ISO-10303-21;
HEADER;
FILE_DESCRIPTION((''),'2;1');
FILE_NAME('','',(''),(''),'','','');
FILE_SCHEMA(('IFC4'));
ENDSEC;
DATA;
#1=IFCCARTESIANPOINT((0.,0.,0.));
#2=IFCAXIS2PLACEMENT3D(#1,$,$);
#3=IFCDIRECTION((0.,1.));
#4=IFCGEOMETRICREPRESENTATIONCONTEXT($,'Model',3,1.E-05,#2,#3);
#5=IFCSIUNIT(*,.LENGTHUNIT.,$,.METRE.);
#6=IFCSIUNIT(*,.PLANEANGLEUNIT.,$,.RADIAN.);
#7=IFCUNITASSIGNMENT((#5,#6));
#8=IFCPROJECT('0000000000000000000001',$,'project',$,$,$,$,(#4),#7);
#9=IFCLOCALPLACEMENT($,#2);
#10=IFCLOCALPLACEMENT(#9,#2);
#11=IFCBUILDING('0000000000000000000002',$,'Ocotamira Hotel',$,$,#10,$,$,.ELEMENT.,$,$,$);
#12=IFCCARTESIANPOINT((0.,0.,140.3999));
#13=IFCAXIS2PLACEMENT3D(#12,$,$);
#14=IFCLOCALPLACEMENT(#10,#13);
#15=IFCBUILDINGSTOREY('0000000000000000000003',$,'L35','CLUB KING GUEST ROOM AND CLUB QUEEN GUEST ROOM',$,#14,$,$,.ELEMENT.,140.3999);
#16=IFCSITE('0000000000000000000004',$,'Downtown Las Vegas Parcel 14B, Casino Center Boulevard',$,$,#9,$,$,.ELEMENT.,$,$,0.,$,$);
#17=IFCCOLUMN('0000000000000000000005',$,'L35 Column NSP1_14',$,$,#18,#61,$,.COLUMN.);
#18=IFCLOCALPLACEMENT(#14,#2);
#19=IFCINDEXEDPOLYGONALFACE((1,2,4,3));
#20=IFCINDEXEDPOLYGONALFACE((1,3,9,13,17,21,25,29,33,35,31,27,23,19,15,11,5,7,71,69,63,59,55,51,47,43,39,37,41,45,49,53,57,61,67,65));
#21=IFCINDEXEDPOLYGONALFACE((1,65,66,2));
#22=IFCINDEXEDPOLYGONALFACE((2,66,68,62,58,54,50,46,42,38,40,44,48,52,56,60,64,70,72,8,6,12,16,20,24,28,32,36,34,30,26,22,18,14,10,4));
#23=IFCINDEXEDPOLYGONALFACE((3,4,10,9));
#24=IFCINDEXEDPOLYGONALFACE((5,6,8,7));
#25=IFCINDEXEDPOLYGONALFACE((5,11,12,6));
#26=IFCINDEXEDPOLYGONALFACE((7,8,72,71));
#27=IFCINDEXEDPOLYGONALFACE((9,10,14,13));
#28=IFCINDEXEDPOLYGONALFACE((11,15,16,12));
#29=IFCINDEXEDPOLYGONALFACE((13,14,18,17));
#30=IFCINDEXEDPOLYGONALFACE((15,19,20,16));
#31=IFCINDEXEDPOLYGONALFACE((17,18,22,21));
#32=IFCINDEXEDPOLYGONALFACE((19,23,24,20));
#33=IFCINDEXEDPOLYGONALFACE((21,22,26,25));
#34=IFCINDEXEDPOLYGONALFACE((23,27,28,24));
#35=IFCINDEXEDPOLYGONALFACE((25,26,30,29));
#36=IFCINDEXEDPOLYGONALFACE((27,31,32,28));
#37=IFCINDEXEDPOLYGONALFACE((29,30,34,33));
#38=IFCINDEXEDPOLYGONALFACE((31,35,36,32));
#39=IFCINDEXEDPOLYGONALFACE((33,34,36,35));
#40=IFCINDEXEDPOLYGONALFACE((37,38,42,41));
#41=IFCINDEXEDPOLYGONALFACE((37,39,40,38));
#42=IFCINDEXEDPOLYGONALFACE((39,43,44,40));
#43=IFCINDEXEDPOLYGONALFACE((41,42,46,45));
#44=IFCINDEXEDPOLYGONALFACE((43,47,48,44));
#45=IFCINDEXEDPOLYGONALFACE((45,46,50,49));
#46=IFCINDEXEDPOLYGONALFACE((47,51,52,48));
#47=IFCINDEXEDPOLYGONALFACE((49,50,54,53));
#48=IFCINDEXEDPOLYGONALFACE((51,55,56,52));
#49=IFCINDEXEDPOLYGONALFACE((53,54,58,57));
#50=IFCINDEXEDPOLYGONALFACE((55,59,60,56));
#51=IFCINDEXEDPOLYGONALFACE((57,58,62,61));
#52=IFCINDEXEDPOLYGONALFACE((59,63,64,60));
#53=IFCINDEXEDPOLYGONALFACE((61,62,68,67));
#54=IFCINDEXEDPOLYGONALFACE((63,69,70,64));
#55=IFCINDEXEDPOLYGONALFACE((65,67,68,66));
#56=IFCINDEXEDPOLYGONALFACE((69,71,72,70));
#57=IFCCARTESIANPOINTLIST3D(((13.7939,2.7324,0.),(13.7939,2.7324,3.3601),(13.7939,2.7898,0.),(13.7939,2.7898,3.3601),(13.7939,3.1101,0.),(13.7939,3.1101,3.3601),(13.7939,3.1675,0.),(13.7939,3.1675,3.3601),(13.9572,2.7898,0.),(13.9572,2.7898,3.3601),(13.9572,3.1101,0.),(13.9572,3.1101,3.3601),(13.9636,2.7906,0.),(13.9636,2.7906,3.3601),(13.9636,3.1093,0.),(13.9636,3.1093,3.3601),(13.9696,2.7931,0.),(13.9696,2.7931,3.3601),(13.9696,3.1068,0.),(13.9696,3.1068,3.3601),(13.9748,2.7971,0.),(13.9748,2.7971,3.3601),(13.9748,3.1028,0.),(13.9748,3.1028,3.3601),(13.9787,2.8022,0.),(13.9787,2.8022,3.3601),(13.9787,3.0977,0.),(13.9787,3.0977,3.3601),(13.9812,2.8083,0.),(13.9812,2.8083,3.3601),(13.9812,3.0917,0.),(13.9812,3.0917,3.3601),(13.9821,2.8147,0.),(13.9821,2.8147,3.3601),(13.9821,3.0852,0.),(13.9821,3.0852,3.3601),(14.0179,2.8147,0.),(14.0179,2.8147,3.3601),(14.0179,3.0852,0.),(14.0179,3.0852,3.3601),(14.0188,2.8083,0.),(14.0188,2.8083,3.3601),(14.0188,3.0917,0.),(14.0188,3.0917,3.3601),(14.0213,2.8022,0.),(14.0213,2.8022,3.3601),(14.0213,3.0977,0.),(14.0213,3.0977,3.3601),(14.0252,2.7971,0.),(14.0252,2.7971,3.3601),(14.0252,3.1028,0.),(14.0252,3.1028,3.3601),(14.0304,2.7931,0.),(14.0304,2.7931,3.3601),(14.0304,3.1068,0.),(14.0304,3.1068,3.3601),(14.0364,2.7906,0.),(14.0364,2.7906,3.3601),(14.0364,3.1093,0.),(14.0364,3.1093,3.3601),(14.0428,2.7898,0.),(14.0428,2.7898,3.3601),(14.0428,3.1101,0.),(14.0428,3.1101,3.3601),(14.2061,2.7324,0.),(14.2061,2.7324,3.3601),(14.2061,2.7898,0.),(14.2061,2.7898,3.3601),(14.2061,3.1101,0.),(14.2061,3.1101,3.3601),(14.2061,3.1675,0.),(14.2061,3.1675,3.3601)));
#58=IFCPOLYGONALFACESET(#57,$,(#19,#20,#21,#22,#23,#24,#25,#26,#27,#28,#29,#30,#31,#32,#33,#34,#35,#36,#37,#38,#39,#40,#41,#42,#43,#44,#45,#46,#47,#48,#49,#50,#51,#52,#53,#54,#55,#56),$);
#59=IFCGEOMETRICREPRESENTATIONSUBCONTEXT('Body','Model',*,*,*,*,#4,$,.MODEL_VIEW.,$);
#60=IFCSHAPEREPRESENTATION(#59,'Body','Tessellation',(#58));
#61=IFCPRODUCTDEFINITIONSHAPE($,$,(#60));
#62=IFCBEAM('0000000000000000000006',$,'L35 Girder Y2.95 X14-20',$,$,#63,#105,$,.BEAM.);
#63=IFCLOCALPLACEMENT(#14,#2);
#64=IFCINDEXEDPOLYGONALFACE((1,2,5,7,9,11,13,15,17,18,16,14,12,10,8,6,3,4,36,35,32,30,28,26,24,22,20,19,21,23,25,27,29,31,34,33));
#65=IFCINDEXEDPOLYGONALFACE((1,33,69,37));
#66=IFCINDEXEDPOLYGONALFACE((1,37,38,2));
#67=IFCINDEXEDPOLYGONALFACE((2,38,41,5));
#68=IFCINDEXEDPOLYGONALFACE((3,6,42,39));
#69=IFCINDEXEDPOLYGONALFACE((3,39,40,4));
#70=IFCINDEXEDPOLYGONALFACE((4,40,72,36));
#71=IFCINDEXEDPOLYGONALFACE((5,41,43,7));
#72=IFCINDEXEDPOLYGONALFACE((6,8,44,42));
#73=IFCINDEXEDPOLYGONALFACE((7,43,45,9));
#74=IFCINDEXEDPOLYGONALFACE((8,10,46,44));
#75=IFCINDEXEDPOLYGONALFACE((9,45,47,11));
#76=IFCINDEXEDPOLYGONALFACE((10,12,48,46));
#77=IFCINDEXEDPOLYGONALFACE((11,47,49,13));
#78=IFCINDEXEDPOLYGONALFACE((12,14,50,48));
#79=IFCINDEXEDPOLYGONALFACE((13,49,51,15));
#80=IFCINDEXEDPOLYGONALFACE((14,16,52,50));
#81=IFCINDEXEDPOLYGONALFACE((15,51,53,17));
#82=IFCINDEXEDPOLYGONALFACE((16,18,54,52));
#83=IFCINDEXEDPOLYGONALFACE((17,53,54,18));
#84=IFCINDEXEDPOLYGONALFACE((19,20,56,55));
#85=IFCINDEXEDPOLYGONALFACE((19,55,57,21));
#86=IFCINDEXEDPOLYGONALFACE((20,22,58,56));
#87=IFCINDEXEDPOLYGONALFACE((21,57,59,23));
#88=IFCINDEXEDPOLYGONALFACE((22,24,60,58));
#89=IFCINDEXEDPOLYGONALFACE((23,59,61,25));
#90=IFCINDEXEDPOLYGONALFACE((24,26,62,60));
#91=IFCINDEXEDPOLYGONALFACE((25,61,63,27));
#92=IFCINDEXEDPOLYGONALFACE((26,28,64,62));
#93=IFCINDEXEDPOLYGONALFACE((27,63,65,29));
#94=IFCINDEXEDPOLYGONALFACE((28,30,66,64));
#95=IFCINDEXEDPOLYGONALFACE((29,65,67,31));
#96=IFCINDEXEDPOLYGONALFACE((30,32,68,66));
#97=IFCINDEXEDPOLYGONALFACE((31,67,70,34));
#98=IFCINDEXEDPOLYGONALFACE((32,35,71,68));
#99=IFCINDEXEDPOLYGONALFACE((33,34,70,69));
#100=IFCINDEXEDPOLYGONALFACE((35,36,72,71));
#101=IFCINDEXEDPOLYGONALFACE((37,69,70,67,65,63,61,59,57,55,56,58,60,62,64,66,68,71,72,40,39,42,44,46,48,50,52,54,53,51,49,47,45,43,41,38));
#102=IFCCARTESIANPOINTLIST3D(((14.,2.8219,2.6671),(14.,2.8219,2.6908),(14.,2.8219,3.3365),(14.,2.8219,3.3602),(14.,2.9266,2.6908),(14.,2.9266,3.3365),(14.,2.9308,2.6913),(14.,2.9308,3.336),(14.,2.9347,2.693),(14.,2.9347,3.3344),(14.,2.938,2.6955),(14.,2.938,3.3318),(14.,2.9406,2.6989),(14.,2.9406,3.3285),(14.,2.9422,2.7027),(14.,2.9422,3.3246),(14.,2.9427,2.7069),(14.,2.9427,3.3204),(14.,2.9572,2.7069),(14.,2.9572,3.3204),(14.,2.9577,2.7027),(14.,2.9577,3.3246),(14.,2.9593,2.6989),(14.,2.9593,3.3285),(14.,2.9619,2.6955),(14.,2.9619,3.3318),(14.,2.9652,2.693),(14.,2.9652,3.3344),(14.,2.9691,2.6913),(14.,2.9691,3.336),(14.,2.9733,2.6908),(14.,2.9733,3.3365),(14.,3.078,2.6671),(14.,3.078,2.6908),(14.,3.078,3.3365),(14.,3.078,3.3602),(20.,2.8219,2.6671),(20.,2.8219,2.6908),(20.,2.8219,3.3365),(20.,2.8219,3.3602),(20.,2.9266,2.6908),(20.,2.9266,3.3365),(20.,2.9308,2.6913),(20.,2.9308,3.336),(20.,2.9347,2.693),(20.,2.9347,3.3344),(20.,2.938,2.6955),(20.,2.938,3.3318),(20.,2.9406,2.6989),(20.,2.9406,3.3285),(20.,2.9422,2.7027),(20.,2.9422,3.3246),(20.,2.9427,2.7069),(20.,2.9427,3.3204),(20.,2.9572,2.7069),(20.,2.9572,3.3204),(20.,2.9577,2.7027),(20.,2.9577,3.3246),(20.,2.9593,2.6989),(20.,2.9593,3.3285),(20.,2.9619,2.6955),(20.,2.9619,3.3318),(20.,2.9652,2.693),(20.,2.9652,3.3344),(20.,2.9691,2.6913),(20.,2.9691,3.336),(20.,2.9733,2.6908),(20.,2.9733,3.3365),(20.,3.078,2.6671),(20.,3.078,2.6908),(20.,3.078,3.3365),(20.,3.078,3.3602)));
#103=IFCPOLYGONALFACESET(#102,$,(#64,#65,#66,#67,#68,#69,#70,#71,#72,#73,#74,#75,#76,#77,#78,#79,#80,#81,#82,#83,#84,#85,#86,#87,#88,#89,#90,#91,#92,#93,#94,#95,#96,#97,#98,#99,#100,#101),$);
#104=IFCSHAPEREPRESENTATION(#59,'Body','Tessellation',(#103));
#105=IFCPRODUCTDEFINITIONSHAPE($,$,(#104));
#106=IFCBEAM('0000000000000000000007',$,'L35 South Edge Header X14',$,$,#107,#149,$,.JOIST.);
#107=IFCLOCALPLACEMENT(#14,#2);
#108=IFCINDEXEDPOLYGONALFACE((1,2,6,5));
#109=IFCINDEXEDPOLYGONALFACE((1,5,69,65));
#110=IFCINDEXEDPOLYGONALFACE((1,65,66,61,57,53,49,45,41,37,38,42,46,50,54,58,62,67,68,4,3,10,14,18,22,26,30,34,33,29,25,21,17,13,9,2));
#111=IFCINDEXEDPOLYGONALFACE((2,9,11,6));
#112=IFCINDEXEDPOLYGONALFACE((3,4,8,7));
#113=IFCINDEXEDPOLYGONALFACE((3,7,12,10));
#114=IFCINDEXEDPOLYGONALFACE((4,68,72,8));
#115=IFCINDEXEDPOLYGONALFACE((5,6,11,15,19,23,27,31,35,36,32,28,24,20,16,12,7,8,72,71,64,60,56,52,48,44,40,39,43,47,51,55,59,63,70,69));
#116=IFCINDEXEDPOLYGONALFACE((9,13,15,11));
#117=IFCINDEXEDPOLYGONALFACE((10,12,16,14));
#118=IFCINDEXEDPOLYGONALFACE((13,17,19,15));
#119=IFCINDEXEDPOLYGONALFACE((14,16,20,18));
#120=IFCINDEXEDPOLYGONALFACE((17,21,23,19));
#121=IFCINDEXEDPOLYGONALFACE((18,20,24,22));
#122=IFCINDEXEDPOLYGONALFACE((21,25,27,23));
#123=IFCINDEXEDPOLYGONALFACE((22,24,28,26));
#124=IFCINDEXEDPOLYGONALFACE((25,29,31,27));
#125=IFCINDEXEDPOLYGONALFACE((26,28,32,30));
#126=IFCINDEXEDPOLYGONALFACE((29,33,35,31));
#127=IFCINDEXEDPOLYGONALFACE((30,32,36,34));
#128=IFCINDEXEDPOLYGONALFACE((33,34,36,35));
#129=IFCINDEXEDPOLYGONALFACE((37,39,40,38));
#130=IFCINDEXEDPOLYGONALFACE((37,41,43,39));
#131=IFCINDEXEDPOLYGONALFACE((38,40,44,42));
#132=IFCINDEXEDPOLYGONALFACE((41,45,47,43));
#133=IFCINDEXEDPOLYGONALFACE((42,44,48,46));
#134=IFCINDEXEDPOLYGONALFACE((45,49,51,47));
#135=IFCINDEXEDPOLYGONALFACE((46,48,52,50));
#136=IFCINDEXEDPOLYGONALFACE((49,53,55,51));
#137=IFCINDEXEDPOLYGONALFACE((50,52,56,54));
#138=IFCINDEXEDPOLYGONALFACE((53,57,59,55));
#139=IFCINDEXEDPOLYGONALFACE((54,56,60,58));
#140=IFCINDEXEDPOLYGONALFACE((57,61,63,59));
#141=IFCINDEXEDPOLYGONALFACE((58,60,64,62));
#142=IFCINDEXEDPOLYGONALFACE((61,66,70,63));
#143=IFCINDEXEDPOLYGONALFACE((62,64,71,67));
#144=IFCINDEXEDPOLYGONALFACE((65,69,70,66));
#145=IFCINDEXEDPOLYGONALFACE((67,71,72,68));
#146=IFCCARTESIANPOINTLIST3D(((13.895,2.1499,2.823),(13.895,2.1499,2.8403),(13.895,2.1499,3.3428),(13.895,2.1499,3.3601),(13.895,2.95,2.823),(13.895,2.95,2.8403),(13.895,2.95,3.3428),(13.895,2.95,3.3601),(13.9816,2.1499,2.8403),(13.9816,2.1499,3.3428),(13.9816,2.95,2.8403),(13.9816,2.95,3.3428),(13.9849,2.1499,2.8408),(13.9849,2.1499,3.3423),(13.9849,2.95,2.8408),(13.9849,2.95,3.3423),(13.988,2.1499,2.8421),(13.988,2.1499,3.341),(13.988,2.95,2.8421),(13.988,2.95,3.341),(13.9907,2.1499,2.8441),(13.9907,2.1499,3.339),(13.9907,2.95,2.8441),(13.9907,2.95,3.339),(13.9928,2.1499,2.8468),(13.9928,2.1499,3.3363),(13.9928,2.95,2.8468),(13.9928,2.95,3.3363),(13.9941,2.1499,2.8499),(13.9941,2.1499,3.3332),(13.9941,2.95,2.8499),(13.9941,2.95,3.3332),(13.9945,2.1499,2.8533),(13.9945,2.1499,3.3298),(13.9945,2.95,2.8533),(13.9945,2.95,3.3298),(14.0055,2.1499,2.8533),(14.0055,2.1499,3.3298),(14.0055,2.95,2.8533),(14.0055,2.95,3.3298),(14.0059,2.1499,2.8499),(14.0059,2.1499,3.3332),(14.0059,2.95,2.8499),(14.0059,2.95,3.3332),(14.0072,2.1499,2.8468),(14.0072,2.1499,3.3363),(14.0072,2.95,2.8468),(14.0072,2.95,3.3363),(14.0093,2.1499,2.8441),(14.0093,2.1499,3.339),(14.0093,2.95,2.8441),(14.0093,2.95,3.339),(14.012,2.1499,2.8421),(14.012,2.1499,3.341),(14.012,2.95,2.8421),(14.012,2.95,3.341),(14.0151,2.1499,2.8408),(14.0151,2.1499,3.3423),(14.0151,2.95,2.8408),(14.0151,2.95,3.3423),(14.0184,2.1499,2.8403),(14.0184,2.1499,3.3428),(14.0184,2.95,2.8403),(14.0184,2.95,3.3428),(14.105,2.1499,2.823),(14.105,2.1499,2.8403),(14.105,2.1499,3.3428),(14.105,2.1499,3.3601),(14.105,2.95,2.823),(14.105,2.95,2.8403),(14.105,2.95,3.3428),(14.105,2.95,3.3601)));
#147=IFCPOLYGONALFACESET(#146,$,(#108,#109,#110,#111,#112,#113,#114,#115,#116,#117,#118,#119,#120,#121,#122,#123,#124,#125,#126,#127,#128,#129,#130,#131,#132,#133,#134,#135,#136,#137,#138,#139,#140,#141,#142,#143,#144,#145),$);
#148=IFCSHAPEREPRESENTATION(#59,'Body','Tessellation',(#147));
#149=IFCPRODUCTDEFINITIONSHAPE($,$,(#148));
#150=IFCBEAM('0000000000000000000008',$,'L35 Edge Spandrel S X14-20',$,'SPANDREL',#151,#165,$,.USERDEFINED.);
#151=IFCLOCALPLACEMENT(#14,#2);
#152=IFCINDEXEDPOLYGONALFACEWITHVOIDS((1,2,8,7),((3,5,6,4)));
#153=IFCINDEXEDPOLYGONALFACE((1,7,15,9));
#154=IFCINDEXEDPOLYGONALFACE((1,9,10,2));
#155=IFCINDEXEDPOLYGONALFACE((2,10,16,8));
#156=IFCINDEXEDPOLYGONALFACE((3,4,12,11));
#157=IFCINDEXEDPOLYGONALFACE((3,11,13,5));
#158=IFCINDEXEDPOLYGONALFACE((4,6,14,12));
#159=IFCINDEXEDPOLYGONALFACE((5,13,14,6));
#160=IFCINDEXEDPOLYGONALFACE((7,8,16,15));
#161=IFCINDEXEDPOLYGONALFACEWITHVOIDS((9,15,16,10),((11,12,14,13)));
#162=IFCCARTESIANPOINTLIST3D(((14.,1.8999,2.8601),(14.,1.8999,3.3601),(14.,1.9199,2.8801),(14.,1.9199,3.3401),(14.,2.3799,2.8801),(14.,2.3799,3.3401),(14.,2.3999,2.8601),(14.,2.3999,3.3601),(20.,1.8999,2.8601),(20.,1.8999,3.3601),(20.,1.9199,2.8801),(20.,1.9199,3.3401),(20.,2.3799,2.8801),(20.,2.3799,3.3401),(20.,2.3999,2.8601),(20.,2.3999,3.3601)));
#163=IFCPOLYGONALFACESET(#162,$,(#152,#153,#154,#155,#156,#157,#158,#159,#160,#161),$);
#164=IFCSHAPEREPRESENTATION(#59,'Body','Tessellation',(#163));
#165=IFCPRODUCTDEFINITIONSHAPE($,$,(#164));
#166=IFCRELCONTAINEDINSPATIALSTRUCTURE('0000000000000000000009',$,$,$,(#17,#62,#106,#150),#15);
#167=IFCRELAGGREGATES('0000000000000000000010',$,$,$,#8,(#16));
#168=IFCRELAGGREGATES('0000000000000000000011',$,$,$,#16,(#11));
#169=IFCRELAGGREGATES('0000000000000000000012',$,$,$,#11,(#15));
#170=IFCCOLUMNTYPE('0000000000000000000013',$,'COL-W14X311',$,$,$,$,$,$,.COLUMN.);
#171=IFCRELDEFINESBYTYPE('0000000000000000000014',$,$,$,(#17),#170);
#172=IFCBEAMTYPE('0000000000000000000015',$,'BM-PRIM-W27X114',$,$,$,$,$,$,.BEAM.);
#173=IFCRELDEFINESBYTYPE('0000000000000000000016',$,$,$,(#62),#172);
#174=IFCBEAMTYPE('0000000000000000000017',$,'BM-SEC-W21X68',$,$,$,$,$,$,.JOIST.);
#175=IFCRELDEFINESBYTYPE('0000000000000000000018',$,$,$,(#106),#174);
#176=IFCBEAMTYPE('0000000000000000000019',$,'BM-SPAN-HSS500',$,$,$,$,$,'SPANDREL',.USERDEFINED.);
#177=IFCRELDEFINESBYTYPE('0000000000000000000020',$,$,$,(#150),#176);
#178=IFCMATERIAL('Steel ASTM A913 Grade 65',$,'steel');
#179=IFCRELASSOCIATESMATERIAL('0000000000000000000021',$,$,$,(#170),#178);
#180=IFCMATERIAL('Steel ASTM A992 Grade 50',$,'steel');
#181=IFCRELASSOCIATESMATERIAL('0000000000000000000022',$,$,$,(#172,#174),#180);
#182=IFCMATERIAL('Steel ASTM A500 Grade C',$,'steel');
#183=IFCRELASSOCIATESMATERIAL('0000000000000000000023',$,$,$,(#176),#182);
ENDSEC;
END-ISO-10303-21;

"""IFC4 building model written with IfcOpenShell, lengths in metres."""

from ifc_helpers import new_model, si_unit, direction, frame, origin, origin_2d, place, context, subcontext, project, spatial, hollow_rectangle, i_section, extrude, source, transform, mapped, material, material_profile, profile_set, type_object, element, save


model = new_model("IFC4")

# Units and contexts
model_context = context("Model", 3, precision=1e-05, world=origin(), true_north=direction((0.0, 1.0)))
body_context = subcontext(model_context, "Body", "Model", "MODEL_VIEW")
ifc_project = project(units=[si_unit("LENGTHUNIT", "METRE"), si_unit("PLANEANGLEUNIT", "RADIAN")], contexts=[model_context])

# Site, building, storey
site_placement = place(None, origin())
site = spatial("IfcSite", under=ifc_project, at=site_placement, Name="Downtown Las Vegas Parcel 14B, Casino Center Boulevard", CompositionType="ELEMENT", RefElevation=0.0)
building_placement = place(site_placement, origin())
building = spatial("IfcBuilding", under=site, at=building_placement, Name="Ocotamira Hotel", CompositionType="ELEMENT")
storey_placement = place(building_placement, frame((0.0, 0.0, 140.3999)))
storey = spatial("IfcBuildingStorey", under=building, at=storey_placement, Name="L35", Description="CLUB KING GUEST ROOM AND CLUB QUEEN GUEST ROOM", CompositionType="ELEMENT", Elevation=140.3999)

# Column
ifc_material_1 = material(Name="Steel ASTM A913 Grade 65", Category="steel")
ifc_material_profile_1 = material_profile(ifc_material_1, i_section(OverallWidth=0.4121, OverallDepth=0.4351, WebThickness=0.0359, FlangeThickness=0.0574, FilletRadius=0.0249, at=origin_2d()), Name="W14X311")
ifc_profile_set_1 = profile_set([ifc_material_profile_1], Name="Steel ASTM A913 Grade 65")
column_type = type_object("IfcColumnType", Name="COL-W14X311", PredefinedType="COLUMN", material=ifc_profile_set_1)
shared_shape_1 = source(origin(), body_context, "Body", "SweptSolid", [
    extrude(i_section(OverallWidth=0.4121, OverallDepth=0.4351, WebThickness=0.0359, FlangeThickness=0.0574, FilletRadius=0.0249, at=origin_2d()), origin(), (0.0, 0.0, 1.0), 3.3601),
])
column_placement = place(storey_placement, frame((14.0, 2.95, 0.0), z_axis=(0.0, 0.0, 1.0), x_axis=(1.0, 0.0, 0.0)))
element("IfcColumn", 1, at=column_placement, inside=storey, type_object=column_type, Name="L35 Column NSP1_14", PredefinedType="COLUMN", context=body_context, shape_type="MappedRepresentation", body=[
    mapped(shared_shape_1, transform((0.0, 0.0, 0.0), scale=1.0)),
])

# Beams
ifc_material_2 = material(Name="Steel ASTM A992 Grade 50", Category="steel")
ifc_material_profile_2 = material_profile(ifc_material_2, i_section(OverallWidth=0.2561, OverallDepth=0.6931, WebThickness=0.0144, FlangeThickness=0.0237, FilletRadius=0.0161, at=origin_2d()), Name="W27X114")
ifc_profile_set_2 = profile_set([ifc_material_profile_2], Name="Steel ASTM A992 Grade 50")
beam_type_1 = type_object("IfcBeamType", Name="BM-PRIM-W27X114", PredefinedType="BEAM", material=ifc_profile_set_2)
shared_shape_2 = source(origin(), body_context, "Body", "SweptSolid", [
    extrude(i_section(OverallWidth=0.2561, OverallDepth=0.6931, WebThickness=0.0144, FlangeThickness=0.0237, FilletRadius=0.0161, at=origin_2d()), origin(), (0.0, 0.0, 1.0), 6.0),
])
beam_1_placement = place(storey_placement, frame((14.0, 2.95, 3.0137), z_axis=(1.0, 0.0, 0.0), x_axis=(0.0, 1.0, 0.0)))
element("IfcBeam", 2, at=beam_1_placement, inside=storey, type_object=beam_type_1, Name="L35 Girder Y2.95 X14-20", PredefinedType="BEAM", context=body_context, shape_type="MappedRepresentation", body=[
    mapped(shared_shape_2, transform((0.0, 0.0, 0.0), scale=1.0)),
])
ifc_material_profile_3 = material_profile(ifc_material_2, i_section(OverallWidth=0.21, OverallDepth=0.5371, WebThickness=0.011, FlangeThickness=0.0173, FilletRadius=0.0129, at=origin_2d()), Name="W21X68")
ifc_profile_set_3 = profile_set([ifc_material_profile_3], Name="Steel ASTM A992 Grade 50")
beam_type_2 = type_object("IfcBeamType", Name="BM-SEC-W21X68", PredefinedType="JOIST", material=ifc_profile_set_3)
shared_shape_3 = source(origin(), body_context, "Body", "SweptSolid", [
    extrude(i_section(OverallWidth=0.21, OverallDepth=0.5371, WebThickness=0.011, FlangeThickness=0.0173, FilletRadius=0.0129, at=origin_2d()), origin(), (0.0, 0.0, 1.0), 0.8),
])
beam_2_placement = place(storey_placement, frame((14.0, 2.95, 3.0916), z_axis=(0.0, -1.0, 0.0), x_axis=(1.0, 0.0, 0.0)))
element("IfcBeam", 3, at=beam_2_placement, inside=storey, type_object=beam_type_2, Name="L35 South Edge Header X14", PredefinedType="JOIST", context=body_context, shape_type="MappedRepresentation", body=[
    mapped(shared_shape_3, transform((0.0, 0.0, 0.0), scale=1.0)),
])
ifc_material_3 = material(Name="Steel ASTM A500 Grade C", Category="steel")
ifc_material_profile_4 = material_profile(ifc_material_3, hollow_rectangle(XDim=0.5, YDim=0.5, WallThickness=0.02, at=origin_2d()), Name="HSS500X500X20")
ifc_profile_set_4 = profile_set([ifc_material_profile_4], Name="Steel ASTM A500 Grade C")
beam_type_3 = type_object("IfcBeamType", Name="BM-SPAN-HSS500", ElementType="SPANDREL", PredefinedType="USERDEFINED", material=ifc_profile_set_4)
shared_shape_4 = source(origin(), body_context, "Body", "SweptSolid", [
    extrude(hollow_rectangle(XDim=0.5, YDim=0.5, WallThickness=0.02, at=origin_2d()), origin(), (0.0, 0.0, 1.0), 6.0),
])
beam_3_placement = place(storey_placement, frame((14.0, 2.1499, 3.1101), z_axis=(1.0, 0.0, 0.0), x_axis=(0.0, 1.0, 0.0)))
element("IfcBeam", 4, at=beam_3_placement, inside=storey, type_object=beam_type_3, Name="L35 Edge Spandrel S X14-20", ObjectType="SPANDREL", PredefinedType="USERDEFINED", context=body_context, shape_type="MappedRepresentation", body=[
    mapped(shared_shape_4, transform((0.0, 0.0, 0.0), scale=1.0)),
])

save(model, "model.ifc")
